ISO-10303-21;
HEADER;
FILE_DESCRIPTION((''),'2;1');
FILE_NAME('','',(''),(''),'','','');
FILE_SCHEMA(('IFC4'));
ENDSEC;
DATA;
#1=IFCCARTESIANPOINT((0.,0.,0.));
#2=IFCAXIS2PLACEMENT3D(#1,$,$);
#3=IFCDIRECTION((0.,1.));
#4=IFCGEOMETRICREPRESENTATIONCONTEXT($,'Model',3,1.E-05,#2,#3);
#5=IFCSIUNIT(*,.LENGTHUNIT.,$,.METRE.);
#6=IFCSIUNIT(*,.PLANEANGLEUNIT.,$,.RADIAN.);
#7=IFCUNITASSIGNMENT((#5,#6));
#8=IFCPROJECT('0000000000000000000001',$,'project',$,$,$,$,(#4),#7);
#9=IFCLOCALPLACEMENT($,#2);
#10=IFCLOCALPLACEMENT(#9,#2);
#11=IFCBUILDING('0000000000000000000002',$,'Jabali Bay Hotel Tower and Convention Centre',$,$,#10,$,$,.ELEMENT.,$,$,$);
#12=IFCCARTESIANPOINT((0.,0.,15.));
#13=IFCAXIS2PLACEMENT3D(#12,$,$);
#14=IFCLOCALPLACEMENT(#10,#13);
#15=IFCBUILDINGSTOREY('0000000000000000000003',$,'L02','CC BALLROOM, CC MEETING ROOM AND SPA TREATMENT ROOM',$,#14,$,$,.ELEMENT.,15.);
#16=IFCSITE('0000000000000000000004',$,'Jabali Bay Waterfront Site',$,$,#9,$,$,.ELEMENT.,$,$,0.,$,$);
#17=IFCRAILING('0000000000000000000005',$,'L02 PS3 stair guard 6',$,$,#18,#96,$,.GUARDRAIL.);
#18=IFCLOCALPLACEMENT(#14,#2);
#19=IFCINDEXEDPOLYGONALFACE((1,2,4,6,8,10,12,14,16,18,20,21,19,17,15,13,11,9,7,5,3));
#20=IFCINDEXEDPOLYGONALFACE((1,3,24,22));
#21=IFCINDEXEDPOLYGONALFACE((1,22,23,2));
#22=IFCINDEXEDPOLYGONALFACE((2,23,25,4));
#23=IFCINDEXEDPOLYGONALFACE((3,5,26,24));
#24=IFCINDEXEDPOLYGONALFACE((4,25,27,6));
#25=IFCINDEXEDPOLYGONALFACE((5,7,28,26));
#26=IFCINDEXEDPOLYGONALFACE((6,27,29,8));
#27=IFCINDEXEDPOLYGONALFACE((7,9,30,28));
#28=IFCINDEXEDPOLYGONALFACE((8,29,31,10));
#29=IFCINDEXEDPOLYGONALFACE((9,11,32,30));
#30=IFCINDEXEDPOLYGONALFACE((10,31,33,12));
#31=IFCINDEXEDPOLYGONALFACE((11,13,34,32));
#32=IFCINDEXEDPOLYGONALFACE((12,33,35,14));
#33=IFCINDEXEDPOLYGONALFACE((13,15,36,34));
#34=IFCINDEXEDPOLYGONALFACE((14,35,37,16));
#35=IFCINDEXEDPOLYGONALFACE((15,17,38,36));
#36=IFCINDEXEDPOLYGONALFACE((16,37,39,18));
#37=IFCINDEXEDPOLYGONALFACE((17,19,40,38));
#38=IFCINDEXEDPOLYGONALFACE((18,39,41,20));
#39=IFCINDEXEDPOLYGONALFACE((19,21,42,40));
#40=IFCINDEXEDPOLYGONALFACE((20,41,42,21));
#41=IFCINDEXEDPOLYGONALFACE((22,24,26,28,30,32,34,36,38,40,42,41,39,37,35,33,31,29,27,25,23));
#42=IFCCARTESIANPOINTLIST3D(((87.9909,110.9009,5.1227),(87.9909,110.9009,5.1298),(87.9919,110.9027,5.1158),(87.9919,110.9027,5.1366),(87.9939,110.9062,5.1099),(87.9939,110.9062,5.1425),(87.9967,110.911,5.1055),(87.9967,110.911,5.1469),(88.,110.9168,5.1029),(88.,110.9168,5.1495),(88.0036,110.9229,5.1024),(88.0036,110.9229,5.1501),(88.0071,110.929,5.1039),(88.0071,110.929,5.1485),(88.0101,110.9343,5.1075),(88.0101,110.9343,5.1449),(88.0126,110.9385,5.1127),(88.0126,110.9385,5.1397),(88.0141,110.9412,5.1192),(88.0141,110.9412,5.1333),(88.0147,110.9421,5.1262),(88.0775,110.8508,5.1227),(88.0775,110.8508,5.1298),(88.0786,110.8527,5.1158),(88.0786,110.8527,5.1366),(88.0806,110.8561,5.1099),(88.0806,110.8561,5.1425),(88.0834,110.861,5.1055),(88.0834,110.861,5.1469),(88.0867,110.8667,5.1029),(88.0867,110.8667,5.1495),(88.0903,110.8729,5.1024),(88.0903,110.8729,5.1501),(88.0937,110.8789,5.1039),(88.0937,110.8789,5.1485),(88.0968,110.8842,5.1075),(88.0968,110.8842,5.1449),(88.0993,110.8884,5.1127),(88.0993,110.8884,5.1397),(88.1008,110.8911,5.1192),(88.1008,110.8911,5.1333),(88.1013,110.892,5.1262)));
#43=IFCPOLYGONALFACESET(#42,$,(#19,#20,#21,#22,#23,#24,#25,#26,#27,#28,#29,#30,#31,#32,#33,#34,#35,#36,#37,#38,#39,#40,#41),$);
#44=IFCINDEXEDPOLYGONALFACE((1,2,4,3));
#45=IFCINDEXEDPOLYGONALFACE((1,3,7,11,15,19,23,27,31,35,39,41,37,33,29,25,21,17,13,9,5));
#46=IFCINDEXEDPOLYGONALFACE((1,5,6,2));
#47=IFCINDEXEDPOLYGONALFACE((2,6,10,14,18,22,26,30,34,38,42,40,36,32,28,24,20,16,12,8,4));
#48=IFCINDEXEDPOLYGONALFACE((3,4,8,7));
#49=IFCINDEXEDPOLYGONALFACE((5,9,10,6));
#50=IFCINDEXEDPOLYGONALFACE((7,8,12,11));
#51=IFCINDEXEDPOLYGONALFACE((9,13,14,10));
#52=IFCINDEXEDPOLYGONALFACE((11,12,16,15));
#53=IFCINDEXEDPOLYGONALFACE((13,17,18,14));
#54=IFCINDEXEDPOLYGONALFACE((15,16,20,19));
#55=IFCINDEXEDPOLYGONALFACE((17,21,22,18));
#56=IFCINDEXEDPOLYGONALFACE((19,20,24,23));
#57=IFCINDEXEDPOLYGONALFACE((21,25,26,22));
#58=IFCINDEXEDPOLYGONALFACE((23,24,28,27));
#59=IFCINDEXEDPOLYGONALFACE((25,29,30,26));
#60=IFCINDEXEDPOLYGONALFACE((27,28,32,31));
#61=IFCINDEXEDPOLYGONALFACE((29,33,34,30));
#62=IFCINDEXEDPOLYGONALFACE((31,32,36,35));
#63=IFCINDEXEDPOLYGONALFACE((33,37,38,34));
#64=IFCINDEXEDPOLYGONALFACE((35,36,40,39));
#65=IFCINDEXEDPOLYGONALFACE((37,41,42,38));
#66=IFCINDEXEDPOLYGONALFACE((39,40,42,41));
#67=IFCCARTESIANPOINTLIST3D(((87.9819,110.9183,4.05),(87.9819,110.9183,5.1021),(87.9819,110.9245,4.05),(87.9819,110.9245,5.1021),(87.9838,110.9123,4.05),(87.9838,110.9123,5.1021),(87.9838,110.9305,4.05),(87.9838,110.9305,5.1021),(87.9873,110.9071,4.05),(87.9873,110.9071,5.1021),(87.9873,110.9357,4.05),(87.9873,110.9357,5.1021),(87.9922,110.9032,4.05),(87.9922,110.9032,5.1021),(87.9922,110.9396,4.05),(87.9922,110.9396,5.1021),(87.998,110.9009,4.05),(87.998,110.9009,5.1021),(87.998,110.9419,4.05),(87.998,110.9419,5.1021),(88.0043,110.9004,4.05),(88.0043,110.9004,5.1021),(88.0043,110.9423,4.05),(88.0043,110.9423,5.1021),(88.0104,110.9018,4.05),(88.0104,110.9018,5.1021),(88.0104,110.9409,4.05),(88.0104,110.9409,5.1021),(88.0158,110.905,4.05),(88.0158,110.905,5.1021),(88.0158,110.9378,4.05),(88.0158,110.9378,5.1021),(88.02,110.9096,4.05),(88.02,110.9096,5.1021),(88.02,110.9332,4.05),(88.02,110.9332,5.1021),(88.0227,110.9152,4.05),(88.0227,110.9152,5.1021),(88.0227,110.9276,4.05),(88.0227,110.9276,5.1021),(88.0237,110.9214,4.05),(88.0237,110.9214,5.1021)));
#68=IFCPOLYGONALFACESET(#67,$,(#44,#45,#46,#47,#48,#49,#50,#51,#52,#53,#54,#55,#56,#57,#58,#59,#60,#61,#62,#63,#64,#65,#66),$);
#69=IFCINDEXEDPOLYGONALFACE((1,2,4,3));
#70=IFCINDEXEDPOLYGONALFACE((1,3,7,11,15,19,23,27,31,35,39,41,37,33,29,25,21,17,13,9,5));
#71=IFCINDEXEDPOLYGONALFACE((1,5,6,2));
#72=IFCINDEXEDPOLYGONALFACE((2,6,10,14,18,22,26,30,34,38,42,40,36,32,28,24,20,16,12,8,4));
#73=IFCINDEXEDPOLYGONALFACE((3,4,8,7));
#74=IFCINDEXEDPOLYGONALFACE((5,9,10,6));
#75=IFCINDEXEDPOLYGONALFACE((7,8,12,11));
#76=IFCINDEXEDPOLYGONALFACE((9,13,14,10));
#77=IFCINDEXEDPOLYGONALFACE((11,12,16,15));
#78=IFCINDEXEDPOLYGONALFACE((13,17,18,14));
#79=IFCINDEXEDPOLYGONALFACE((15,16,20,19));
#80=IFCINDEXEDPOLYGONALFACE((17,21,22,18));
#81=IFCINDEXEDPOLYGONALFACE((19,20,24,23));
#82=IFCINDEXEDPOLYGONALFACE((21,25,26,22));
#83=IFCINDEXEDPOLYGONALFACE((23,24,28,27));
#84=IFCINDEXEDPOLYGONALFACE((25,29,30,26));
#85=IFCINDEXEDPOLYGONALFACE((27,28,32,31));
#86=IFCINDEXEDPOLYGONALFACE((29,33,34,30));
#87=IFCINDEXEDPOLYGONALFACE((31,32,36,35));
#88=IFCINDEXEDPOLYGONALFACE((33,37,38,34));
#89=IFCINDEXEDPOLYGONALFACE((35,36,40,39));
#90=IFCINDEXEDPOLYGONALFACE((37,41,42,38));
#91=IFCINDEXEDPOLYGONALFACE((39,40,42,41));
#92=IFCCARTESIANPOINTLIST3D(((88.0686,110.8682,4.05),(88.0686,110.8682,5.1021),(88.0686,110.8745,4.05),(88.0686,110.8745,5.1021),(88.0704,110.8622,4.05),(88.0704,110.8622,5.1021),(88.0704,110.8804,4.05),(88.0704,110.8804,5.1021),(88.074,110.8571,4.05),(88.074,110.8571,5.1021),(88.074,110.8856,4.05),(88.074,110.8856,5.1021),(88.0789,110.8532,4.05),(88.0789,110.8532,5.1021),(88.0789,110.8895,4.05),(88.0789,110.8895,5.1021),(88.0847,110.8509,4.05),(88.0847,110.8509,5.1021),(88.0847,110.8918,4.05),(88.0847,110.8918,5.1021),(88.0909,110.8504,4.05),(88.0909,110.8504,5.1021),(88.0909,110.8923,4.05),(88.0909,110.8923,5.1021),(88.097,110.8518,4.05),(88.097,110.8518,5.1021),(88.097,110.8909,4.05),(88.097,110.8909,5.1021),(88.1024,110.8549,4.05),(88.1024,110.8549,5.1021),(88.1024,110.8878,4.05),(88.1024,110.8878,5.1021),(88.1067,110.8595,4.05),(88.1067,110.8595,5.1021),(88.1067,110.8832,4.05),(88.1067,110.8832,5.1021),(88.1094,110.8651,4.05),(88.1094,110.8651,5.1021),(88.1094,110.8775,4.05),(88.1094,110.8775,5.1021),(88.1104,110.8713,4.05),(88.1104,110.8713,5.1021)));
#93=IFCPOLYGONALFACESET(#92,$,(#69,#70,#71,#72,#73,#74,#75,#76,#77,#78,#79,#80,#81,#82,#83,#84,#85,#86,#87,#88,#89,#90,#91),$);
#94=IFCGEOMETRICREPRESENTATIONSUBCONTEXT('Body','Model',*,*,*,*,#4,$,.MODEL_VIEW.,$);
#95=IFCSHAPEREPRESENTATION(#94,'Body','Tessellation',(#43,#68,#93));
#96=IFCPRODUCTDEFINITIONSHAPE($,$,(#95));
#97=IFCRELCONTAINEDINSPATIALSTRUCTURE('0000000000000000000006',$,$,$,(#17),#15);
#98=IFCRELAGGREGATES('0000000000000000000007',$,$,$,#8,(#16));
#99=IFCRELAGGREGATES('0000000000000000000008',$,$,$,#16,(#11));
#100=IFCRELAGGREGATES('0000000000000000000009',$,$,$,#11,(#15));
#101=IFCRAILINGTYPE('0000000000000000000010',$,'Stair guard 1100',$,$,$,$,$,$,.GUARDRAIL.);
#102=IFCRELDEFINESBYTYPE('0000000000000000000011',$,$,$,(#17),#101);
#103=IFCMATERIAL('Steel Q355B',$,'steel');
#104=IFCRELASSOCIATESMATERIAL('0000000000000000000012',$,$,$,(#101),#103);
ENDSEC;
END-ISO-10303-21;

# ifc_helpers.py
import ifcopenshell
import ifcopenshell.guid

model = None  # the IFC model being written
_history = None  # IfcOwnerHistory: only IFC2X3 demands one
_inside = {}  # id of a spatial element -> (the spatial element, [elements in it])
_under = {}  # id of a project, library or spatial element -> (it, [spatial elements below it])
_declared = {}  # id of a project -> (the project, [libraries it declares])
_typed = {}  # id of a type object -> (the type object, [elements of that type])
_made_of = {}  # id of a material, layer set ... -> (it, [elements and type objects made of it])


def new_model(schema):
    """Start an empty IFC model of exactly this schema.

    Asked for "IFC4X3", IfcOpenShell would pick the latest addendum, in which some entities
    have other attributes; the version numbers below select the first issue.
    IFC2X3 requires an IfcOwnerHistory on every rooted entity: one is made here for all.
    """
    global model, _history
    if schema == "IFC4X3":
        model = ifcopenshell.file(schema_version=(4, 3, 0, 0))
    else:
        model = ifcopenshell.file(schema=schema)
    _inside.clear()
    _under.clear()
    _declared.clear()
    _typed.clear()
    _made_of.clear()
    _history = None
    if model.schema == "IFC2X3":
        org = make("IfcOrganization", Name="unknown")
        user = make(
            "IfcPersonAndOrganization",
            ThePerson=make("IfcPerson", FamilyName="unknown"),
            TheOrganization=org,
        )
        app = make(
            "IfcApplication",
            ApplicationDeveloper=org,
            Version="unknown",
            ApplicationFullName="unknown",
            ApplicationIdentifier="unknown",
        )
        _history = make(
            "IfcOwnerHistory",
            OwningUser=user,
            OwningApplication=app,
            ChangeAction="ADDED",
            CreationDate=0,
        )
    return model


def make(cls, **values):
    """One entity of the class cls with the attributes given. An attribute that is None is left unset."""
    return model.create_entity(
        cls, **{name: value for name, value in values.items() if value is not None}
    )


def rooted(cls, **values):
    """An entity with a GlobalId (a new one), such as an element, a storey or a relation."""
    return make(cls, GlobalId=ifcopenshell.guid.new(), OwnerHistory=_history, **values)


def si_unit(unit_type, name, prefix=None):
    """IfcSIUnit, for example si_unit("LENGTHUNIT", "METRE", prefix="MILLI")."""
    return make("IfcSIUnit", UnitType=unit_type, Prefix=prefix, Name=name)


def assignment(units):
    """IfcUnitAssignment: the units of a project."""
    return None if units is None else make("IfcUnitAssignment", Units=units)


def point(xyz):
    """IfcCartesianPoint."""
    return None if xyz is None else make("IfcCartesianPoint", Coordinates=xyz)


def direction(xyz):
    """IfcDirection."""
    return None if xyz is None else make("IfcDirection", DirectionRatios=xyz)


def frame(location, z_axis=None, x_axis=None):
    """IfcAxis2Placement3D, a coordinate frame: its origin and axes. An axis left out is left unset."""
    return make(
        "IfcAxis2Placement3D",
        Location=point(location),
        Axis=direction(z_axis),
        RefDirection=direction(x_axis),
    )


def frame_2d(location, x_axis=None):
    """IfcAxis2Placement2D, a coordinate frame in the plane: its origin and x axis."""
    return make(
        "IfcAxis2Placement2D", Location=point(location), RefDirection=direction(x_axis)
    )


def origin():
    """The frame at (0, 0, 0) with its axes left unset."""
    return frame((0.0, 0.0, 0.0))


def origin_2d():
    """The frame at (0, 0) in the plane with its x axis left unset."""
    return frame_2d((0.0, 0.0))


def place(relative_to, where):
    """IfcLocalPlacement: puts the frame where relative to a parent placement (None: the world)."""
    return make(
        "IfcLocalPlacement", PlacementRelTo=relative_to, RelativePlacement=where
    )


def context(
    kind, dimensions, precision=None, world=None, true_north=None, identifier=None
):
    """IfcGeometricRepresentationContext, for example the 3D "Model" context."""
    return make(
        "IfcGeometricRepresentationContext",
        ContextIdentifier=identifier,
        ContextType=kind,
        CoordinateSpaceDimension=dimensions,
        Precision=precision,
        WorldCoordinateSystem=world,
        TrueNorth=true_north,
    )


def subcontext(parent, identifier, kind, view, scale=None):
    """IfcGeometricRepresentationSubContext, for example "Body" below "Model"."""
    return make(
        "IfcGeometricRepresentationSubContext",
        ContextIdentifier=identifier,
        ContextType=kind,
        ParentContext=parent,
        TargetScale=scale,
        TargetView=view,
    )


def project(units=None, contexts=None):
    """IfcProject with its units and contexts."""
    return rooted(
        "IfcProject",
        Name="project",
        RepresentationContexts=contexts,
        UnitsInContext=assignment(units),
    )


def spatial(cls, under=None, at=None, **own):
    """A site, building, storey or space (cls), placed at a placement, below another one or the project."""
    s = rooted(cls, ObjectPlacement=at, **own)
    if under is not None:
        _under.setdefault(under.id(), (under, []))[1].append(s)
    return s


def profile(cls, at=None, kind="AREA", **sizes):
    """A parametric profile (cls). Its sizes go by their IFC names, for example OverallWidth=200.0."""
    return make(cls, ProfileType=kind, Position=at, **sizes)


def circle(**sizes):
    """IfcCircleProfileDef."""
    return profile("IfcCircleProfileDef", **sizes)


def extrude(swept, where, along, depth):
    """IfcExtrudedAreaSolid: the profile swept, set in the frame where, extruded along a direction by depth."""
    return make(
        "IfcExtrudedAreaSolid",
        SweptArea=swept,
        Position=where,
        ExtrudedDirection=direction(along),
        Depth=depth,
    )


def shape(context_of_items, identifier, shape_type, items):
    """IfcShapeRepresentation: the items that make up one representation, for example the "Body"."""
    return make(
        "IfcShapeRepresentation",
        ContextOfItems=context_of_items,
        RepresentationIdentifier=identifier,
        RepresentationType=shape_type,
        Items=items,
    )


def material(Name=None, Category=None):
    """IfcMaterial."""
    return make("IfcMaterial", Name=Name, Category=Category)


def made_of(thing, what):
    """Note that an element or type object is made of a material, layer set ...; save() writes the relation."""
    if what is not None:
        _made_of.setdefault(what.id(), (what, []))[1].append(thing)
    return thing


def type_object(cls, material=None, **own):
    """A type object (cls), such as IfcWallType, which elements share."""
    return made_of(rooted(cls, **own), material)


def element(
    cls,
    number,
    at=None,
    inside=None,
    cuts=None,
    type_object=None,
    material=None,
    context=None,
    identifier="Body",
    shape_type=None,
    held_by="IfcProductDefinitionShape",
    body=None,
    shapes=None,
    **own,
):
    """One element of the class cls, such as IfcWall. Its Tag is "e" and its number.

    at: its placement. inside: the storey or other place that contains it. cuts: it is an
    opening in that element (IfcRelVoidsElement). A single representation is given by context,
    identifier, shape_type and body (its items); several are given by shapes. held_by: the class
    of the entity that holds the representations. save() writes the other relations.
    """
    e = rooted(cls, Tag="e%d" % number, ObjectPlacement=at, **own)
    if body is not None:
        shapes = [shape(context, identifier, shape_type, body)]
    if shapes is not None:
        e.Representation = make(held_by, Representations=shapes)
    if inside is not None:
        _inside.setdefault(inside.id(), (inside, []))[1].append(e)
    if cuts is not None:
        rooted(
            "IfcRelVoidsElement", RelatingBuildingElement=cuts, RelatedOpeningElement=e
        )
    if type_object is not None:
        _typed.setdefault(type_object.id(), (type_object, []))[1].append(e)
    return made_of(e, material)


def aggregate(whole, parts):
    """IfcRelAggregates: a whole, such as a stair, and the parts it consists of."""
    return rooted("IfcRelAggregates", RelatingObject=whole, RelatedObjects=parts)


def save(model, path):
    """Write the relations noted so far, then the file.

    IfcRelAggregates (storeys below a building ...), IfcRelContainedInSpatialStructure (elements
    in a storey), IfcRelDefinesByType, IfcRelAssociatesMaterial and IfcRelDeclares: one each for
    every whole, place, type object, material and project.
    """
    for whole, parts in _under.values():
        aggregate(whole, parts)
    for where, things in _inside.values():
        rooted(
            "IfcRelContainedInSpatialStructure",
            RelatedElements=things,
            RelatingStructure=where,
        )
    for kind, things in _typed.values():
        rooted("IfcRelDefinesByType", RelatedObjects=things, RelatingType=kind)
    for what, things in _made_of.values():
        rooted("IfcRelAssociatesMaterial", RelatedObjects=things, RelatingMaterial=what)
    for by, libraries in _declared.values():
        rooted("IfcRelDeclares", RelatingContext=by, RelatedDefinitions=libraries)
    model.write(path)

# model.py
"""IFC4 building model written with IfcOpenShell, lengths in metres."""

from ifc_helpers import new_model, si_unit, direction, frame, origin, origin_2d, place, context, subcontext, project, spatial, circle, extrude, material, type_object, element, save


model = new_model("IFC4")

# Units and contexts
model_context = context("Model", 3, precision=1e-05, world=origin(), true_north=direction((0.0, 1.0)))
body_context = subcontext(model_context, "Body", "Model", "MODEL_VIEW")
ifc_project = project(units=[si_unit("LENGTHUNIT", "METRE"), si_unit("PLANEANGLEUNIT", "RADIAN")], contexts=[model_context])

# Site, building, storey
site_placement = place(None, origin())
site = spatial("IfcSite", under=ifc_project, at=site_placement, Name="Jabali Bay Waterfront Site", CompositionType="ELEMENT", RefElevation=0.0)
building_placement = place(site_placement, origin())
building = spatial("IfcBuilding", under=site, at=building_placement, Name="Jabali Bay Hotel Tower and Convention Centre", CompositionType="ELEMENT")
storey_placement = place(building_placement, frame((0.0, 0.0, 15.0)))
storey = spatial("IfcBuildingStorey", under=building, at=storey_placement, Name="L02", Description="CC BALLROOM, CC MEETING ROOM AND SPA TREATMENT ROOM", CompositionType="ELEMENT", Elevation=15.0)

# Railing
ifc_material_1 = material(Name="Steel Q355B", Category="steel")
railing_type_1 = type_object("IfcRailingType", Name="Stair guard 1100", PredefinedType="GUARDRAIL", material=ifc_material_1)
railing_1_placement = place(storey_placement, frame((88.0027, 110.9214, 4.05)))
element("IfcRailing", 1, at=railing_1_placement, inside=storey, type_object=railing_type_1, Name="L02 PS3 stair guard 6", PredefinedType="GUARDRAIL", context=body_context, shape_type="SweptSolid", body=[
    extrude(circle(Radius=0.0239, at=origin_2d()), frame((0.0, 0.0, 1.0762), z_axis=(0.865982, -0.500074, 0.0), x_axis=(0.500074, 0.865982, 0.0)), (0.0, 0.0, 1.0), 0.1001),
    extrude(circle(Radius=0.021, at=origin_2d()), origin(), (0.0, 0.0, 1.0), 1.052),
    extrude(circle(Radius=0.021, at=origin_2d()), frame((0.0867, -0.05, 0.0)), (0.0, 0.0, 1.0), 1.052),
])

save(model, "model.ifc")
